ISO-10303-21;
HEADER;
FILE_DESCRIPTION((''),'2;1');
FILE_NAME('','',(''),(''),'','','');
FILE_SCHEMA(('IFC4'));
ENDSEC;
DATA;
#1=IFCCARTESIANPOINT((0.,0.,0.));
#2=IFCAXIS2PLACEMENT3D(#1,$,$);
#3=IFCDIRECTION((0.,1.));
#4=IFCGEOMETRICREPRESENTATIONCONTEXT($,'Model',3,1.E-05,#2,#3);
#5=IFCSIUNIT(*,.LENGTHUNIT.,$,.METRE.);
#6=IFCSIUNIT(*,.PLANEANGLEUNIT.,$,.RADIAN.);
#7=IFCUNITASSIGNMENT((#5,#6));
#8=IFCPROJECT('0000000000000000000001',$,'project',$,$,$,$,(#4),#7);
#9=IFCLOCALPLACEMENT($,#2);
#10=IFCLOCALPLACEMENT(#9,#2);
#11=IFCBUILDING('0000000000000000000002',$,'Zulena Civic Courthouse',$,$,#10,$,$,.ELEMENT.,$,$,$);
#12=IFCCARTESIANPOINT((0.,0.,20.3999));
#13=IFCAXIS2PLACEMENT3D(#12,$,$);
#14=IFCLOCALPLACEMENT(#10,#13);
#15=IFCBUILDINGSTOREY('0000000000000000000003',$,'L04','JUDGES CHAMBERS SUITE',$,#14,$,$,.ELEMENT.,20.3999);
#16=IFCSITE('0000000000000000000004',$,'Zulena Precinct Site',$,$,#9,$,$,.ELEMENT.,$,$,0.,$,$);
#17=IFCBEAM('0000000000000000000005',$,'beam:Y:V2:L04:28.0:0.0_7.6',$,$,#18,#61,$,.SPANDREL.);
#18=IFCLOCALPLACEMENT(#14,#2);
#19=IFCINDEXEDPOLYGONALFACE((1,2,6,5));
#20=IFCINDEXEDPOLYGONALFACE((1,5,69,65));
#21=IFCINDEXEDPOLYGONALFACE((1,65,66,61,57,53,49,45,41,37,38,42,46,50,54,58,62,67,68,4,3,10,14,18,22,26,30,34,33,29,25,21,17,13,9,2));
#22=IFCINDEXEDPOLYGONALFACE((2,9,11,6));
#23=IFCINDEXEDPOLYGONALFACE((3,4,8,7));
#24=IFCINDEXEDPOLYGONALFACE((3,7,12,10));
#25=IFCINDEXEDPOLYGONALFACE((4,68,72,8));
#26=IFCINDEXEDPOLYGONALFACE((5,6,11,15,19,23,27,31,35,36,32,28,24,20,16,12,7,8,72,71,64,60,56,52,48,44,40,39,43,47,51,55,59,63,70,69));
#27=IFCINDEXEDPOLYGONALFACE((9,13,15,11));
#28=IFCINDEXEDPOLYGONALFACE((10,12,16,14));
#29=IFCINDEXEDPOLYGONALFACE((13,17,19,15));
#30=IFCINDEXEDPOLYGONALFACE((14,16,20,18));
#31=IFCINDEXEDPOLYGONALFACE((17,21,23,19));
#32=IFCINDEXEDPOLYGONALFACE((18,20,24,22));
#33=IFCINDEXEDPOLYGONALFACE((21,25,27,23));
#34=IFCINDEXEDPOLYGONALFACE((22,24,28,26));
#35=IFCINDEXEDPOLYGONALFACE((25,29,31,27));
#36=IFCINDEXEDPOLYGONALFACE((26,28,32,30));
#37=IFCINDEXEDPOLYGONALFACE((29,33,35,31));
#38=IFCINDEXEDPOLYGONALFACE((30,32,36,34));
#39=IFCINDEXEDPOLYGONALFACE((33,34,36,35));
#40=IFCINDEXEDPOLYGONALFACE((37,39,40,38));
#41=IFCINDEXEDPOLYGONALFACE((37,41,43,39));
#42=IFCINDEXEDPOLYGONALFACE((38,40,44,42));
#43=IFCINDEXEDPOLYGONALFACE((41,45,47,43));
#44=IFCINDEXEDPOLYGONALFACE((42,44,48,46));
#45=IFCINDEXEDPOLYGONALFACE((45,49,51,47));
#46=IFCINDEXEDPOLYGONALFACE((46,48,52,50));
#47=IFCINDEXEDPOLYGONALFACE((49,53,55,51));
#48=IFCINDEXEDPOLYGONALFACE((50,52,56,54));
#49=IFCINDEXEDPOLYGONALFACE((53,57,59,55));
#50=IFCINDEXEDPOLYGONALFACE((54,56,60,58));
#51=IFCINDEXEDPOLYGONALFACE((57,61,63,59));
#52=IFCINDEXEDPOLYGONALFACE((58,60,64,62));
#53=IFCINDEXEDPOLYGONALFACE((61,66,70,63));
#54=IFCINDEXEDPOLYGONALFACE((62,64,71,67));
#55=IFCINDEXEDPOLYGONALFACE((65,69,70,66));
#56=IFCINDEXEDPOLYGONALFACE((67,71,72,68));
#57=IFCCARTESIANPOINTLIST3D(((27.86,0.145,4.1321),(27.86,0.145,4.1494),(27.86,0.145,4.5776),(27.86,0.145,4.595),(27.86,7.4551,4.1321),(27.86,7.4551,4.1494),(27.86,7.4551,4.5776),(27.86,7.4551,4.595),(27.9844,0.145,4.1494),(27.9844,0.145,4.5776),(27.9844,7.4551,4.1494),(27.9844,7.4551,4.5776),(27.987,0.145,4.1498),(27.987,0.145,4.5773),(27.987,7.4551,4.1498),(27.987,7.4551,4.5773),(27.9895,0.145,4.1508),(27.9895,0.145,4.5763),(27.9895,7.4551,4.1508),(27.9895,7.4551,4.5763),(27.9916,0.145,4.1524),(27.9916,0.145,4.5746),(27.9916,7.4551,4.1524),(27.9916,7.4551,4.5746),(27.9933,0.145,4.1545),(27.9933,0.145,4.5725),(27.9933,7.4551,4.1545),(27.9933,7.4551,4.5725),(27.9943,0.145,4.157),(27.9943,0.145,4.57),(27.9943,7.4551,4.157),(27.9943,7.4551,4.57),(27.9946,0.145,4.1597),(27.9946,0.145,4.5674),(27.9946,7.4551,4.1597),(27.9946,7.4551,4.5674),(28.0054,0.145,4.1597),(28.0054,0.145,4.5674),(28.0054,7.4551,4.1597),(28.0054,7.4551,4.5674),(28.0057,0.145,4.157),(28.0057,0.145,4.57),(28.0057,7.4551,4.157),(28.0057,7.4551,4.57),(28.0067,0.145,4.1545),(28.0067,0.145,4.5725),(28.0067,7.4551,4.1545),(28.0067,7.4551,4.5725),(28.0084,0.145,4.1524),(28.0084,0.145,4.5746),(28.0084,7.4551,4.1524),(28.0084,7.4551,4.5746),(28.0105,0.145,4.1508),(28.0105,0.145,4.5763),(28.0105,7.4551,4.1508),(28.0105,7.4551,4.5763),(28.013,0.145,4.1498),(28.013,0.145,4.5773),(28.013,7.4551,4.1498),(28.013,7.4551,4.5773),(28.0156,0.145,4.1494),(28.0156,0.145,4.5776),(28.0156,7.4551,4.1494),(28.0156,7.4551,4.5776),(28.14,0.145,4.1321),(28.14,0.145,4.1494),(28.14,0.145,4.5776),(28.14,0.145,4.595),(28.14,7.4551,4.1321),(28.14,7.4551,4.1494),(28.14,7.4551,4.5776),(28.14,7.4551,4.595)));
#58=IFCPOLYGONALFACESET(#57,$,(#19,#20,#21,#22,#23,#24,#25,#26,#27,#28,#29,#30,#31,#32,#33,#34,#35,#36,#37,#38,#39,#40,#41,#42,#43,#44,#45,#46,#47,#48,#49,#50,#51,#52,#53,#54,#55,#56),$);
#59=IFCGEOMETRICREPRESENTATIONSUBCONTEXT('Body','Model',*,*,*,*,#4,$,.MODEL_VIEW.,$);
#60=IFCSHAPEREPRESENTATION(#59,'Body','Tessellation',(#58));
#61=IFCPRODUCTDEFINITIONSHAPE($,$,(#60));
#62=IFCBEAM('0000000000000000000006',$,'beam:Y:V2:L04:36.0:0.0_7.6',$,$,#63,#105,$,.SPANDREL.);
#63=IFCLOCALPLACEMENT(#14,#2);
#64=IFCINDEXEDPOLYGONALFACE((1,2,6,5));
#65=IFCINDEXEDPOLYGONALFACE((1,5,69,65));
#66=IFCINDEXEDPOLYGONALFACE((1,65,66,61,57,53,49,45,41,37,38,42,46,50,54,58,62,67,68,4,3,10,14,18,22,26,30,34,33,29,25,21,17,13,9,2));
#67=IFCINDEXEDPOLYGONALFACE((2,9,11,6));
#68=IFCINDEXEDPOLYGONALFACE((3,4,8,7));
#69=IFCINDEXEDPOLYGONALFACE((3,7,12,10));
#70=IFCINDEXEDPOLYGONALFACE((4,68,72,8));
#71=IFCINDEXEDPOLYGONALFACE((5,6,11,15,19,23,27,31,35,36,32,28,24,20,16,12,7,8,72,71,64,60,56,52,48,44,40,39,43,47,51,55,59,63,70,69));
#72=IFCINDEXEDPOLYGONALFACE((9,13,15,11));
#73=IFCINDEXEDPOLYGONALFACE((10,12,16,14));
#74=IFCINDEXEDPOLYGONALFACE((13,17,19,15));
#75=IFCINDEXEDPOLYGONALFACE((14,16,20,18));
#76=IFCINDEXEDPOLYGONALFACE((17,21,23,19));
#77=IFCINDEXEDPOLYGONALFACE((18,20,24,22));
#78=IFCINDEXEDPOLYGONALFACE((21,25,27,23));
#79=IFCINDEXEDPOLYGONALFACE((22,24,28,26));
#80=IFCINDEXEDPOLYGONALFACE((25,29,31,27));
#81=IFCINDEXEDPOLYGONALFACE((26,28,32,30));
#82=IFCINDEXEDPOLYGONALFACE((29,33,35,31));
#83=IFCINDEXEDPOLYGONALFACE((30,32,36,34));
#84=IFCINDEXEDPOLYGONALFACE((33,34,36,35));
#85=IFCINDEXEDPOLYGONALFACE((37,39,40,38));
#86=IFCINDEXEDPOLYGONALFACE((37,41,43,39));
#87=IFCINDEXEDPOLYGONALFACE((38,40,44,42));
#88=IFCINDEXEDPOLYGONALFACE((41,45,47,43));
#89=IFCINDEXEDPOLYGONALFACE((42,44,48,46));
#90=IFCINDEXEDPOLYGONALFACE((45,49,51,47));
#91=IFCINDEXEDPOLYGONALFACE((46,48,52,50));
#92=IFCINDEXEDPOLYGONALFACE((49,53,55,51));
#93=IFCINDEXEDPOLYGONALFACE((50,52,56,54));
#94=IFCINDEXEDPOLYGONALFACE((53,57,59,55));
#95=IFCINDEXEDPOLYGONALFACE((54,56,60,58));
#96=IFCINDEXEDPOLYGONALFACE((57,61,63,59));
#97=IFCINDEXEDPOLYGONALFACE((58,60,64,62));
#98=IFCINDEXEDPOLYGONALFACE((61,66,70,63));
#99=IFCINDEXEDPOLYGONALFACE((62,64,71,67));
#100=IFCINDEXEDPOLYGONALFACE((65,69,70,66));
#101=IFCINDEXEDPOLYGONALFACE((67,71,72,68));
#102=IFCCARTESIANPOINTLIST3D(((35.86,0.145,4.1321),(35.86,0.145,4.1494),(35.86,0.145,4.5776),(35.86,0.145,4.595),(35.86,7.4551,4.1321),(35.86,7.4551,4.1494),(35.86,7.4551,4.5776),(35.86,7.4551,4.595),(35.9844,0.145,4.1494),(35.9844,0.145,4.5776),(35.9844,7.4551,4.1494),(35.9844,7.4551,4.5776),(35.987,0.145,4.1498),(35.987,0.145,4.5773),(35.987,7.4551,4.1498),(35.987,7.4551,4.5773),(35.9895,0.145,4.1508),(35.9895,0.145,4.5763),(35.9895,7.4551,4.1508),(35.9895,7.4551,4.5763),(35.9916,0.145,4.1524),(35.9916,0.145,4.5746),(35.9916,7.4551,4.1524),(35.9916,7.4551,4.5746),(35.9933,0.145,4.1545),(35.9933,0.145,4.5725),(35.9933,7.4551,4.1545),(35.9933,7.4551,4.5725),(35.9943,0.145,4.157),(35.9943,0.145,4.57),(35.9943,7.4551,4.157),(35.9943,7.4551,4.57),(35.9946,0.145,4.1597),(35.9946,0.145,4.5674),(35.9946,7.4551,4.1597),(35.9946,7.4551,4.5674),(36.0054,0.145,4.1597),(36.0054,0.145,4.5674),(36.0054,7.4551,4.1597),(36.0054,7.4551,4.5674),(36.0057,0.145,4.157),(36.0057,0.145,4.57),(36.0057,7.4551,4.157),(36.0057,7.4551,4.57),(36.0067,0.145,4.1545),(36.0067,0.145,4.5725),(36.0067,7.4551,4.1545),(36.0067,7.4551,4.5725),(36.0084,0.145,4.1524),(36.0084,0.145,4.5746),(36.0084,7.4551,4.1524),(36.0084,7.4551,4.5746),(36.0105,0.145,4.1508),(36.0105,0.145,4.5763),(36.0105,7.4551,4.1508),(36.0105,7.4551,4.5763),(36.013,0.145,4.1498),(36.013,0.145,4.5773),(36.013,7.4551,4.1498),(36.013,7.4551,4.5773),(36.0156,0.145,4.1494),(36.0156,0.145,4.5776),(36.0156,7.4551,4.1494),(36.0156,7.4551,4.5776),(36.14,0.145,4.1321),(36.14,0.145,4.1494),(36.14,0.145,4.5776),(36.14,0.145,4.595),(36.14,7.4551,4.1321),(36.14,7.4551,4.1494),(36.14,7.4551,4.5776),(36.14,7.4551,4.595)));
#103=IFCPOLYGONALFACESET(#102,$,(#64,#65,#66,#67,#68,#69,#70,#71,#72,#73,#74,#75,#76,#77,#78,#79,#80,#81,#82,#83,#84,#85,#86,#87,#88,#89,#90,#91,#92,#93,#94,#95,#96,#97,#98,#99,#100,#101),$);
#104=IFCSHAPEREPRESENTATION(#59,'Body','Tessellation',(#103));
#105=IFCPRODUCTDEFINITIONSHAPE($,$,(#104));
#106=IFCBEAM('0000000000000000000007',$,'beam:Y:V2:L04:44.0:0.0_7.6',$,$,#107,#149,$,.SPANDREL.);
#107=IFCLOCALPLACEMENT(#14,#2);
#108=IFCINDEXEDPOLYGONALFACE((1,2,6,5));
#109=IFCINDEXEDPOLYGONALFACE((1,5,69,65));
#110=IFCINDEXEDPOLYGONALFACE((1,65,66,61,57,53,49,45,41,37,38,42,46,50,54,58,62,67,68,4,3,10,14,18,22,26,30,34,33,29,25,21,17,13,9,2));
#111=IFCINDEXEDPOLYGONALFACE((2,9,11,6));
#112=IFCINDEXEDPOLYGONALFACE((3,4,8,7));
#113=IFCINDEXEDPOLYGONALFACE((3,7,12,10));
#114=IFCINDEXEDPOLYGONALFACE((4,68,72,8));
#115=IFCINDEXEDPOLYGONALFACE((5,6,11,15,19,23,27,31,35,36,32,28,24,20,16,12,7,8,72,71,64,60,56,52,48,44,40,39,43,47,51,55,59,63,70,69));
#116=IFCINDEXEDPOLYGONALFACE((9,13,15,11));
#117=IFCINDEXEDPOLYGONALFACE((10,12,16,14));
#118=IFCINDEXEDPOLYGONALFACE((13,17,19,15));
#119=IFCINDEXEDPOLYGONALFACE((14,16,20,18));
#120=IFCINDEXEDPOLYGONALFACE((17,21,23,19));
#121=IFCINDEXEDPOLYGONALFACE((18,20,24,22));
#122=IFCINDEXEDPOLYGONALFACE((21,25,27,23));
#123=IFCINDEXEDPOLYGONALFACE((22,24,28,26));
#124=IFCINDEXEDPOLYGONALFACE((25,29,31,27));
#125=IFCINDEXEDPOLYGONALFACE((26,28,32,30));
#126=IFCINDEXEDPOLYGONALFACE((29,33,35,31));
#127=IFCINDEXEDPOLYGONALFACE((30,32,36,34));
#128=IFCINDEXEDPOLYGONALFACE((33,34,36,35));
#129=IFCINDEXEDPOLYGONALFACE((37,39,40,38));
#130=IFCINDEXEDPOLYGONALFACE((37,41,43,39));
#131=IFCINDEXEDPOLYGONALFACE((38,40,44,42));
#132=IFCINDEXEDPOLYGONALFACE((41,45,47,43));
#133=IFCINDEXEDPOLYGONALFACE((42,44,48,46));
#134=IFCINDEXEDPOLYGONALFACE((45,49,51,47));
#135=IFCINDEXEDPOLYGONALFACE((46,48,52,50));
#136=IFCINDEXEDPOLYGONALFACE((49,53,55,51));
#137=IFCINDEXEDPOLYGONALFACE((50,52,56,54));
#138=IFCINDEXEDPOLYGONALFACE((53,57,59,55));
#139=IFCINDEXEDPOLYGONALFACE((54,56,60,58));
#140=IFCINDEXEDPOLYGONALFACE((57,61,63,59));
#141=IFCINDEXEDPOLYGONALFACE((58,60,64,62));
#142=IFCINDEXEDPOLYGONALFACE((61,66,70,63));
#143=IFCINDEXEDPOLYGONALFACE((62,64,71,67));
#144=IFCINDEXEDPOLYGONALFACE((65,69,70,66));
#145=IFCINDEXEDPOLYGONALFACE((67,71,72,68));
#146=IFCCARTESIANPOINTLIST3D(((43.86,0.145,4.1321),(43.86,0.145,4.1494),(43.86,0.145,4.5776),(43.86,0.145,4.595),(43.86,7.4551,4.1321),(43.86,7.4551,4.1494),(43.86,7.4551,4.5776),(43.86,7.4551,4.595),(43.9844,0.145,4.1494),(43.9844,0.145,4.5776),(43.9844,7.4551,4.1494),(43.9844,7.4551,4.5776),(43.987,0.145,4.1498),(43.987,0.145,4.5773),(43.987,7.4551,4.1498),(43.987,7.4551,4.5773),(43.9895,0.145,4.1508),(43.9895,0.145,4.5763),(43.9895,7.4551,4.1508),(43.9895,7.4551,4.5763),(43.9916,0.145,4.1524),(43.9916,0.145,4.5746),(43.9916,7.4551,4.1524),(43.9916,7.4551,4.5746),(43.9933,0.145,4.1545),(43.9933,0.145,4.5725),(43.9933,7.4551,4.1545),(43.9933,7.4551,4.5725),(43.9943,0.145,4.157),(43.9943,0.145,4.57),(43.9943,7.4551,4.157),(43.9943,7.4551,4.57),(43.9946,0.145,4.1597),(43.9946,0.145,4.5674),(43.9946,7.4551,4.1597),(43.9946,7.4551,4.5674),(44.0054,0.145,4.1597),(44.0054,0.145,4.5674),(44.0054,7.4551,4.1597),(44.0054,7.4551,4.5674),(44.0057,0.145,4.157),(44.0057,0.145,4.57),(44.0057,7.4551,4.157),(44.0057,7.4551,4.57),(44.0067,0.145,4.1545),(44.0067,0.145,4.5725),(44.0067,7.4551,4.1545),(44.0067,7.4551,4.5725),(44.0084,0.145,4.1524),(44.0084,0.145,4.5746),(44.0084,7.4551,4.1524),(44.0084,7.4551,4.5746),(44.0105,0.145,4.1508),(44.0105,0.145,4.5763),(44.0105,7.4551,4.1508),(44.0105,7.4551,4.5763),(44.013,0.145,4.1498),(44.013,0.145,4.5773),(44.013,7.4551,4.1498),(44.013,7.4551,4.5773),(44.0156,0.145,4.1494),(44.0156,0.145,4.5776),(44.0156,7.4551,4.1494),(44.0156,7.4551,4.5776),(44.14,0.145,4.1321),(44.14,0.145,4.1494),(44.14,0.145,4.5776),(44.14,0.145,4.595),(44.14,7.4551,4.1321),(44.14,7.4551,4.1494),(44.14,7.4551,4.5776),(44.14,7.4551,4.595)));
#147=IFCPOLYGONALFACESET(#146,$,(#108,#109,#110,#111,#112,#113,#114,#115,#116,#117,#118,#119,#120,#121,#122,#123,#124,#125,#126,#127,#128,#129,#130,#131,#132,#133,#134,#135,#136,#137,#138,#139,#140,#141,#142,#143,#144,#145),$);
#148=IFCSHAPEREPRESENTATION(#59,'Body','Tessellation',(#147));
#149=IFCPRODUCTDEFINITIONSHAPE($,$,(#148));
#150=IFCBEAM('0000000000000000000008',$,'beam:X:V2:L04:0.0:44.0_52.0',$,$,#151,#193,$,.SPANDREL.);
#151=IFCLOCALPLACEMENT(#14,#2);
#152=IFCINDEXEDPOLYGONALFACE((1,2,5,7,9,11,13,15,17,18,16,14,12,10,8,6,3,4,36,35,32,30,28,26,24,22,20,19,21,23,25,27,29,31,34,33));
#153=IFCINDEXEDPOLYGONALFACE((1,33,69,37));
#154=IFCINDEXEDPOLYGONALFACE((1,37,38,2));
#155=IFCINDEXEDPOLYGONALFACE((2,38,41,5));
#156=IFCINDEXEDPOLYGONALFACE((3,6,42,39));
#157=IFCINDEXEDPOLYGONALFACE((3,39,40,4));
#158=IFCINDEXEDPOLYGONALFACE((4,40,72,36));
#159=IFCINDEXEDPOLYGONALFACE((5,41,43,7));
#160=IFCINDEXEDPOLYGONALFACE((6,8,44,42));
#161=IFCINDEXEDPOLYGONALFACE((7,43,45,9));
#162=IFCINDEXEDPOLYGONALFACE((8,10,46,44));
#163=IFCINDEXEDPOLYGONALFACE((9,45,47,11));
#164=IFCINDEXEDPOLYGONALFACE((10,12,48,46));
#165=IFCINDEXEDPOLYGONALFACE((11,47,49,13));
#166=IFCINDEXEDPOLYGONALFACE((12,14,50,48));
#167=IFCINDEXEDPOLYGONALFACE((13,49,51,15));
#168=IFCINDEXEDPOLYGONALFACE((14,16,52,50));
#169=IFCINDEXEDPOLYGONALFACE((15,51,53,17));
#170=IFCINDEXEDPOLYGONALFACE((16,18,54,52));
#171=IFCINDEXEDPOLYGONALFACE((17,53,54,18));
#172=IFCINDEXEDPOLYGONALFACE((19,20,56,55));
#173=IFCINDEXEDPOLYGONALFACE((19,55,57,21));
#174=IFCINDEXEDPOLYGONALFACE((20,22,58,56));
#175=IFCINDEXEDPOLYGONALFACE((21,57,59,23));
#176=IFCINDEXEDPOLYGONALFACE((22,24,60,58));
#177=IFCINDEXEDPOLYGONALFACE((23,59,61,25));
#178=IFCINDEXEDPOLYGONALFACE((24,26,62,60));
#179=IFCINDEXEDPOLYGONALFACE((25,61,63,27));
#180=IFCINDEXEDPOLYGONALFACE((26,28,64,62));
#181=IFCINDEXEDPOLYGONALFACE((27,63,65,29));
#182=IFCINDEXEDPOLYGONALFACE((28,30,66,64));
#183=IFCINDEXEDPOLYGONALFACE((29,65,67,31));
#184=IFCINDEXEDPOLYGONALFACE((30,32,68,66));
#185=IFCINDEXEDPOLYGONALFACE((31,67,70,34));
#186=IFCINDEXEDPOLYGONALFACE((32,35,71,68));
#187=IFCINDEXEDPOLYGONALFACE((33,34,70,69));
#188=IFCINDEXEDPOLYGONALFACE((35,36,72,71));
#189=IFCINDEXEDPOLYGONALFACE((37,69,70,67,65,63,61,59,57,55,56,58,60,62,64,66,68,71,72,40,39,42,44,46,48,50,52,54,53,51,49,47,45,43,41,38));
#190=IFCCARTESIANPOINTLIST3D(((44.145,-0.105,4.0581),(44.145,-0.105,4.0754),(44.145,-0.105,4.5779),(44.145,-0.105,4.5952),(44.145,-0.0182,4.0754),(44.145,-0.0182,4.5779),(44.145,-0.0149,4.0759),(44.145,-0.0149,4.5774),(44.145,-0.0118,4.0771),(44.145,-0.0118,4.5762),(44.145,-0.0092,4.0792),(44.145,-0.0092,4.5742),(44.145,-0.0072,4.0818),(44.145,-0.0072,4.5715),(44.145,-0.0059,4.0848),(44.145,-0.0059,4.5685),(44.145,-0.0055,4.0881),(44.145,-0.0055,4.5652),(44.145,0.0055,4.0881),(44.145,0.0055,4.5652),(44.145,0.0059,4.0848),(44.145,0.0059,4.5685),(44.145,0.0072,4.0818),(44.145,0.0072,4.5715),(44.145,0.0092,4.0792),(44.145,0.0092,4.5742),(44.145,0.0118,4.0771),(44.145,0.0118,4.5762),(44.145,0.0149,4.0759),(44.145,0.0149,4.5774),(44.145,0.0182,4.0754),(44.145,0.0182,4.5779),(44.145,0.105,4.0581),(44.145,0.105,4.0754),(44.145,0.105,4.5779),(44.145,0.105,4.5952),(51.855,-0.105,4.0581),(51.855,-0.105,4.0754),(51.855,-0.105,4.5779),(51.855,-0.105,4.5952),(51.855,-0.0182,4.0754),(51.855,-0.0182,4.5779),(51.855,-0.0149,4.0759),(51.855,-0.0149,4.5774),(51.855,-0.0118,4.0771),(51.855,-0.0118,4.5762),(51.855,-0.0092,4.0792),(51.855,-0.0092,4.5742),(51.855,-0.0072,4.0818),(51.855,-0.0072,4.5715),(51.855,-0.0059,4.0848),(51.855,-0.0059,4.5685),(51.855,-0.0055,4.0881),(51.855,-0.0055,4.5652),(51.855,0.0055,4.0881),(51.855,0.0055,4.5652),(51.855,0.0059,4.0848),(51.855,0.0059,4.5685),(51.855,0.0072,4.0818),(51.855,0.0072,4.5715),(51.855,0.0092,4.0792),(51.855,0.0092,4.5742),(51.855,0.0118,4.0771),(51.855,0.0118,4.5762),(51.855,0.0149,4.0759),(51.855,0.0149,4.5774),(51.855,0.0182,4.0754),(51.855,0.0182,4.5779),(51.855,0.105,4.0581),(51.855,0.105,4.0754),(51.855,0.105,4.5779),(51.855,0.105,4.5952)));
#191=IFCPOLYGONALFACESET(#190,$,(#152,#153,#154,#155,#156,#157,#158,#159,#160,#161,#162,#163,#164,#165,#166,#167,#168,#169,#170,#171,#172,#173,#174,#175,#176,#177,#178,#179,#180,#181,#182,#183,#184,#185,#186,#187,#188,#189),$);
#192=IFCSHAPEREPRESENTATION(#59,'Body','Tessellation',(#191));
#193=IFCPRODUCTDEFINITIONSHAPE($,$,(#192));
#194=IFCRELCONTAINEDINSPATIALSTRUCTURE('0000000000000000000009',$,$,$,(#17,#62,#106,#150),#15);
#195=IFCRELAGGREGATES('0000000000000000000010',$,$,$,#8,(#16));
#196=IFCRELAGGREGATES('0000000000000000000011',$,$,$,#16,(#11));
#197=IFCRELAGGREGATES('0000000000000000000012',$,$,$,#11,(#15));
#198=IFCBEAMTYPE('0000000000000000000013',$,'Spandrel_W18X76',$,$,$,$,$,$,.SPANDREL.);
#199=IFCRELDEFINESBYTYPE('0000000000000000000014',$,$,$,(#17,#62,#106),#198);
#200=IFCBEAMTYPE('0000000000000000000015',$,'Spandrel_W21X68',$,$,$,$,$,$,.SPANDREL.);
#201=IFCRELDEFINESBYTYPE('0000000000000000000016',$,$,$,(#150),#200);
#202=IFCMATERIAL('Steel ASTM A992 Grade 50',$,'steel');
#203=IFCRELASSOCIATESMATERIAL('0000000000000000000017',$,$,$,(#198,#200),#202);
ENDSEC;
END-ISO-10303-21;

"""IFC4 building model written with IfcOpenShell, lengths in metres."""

from ifc_helpers import new_model, si_unit, direction, frame, origin, origin_2d, place, context, subcontext, project, spatial, i_section, extrude, material, material_profile, profile_set, type_object, element, save


model = new_model("IFC4")

# Units and contexts
model_context = context("Model", 3, precision=1e-05, world=origin(), true_north=direction((0.0, 1.0)))
body_context = subcontext(model_context, "Body", "Model", "MODEL_VIEW")
ifc_project = project(units=[si_unit("LENGTHUNIT", "METRE"), si_unit("PLANEANGLEUNIT", "RADIAN")], contexts=[model_context])

# Site, building, storey
site_placement = place(None, origin())
site = spatial("IfcSite", under=ifc_project, at=site_placement, Name="Zulena Precinct Site", CompositionType="ELEMENT", RefElevation=0.0)
building_placement = place(site_placement, origin())
building = spatial("IfcBuilding", under=site, at=building_placement, Name="Zulena Civic Courthouse", CompositionType="ELEMENT")
storey_placement = place(building_placement, frame((0.0, 0.0, 20.3999)))
storey = spatial("IfcBuildingStorey", under=building, at=storey_placement, Name="L04", Description="JUDGES CHAMBERS SUITE", CompositionType="ELEMENT", Elevation=20.3999)

# Shared definitions
ifc_material_1 = material(Name="Steel ASTM A992 Grade 50", Category="steel")

# Beams
ifc_material_profile_1 = material_profile(ifc_material_1, i_section(OverallWidth=0.28, OverallDepth=0.4629, WebThickness=0.0107, FlangeThickness=0.0173, FilletRadius=0.0103, at=origin_2d()), Name="W18X76")
ifc_profile_set_1 = profile_set([ifc_material_profile_1], Name="Steel ASTM A992 Grade 50")
beam_type_1 = type_object("IfcBeamType", Name="Spandrel_W18X76", PredefinedType="SPANDREL", material=ifc_profile_set_1)
for number, where, z_axis, x_axis, name in (
    (1, (28.0, 0.145, 4.3635), (0.0, 1.0, 0.0), (-1.0, 0.0, 0.0), "beam:Y:V2:L04:28.0:0.0_7.6"),
    (2, (36.0, 0.145, 4.3635), (0.0, 1.0, 0.0), (-1.0, 0.0, 0.0), "beam:Y:V2:L04:36.0:0.0_7.6"),
    (3, (44.0, 0.145, 4.3635), (0.0, 1.0, 0.0), (-1.0, 0.0, 0.0), "beam:Y:V2:L04:44.0:0.0_7.6"),
):
    element("IfcBeam", number, at=place(storey_placement, frame(where, z_axis=z_axis, x_axis=x_axis)), inside=storey, type_object=beam_type_1, Name=name, PredefinedType="SPANDREL", context=body_context, shape_type="SweptSolid", body=[
        extrude(i_section(OverallWidth=0.28, OverallDepth=0.4629, WebThickness=0.0107, FlangeThickness=0.0173, FilletRadius=0.0103, at=origin_2d()), origin(), (0.0, 0.0, 1.0), 7.3101),
    ])
ifc_material_profile_2 = material_profile(ifc_material_1, i_section(OverallWidth=0.21, OverallDepth=0.5371, WebThickness=0.011, FlangeThickness=0.0173, FilletRadius=0.0127, at=origin_2d()), Name="W21X68")
ifc_profile_set_2 = profile_set([ifc_material_profile_2], Name="Steel ASTM A992 Grade 50")
beam_type_2 = type_object("IfcBeamType", Name="Spandrel_W21X68", PredefinedType="SPANDREL", material=ifc_profile_set_2)
beam_placement = place(storey_placement, frame((44.145, 0.0, 4.3267), z_axis=(1.0, 0.0, 0.0), x_axis=(0.0, 1.0, 0.0)))
element("IfcBeam", 4, at=beam_placement, inside=storey, type_object=beam_type_2, Name="beam:X:V2:L04:0.0:44.0_52.0", PredefinedType="SPANDREL", context=body_context, shape_type="SweptSolid", body=[
    extrude(i_section(OverallWidth=0.21, OverallDepth=0.5371, WebThickness=0.011, FlangeThickness=0.0173, FilletRadius=0.0127, at=origin_2d()), origin(), (0.0, 0.0, 1.0), 7.71),
])

save(model, "model.ifc")
